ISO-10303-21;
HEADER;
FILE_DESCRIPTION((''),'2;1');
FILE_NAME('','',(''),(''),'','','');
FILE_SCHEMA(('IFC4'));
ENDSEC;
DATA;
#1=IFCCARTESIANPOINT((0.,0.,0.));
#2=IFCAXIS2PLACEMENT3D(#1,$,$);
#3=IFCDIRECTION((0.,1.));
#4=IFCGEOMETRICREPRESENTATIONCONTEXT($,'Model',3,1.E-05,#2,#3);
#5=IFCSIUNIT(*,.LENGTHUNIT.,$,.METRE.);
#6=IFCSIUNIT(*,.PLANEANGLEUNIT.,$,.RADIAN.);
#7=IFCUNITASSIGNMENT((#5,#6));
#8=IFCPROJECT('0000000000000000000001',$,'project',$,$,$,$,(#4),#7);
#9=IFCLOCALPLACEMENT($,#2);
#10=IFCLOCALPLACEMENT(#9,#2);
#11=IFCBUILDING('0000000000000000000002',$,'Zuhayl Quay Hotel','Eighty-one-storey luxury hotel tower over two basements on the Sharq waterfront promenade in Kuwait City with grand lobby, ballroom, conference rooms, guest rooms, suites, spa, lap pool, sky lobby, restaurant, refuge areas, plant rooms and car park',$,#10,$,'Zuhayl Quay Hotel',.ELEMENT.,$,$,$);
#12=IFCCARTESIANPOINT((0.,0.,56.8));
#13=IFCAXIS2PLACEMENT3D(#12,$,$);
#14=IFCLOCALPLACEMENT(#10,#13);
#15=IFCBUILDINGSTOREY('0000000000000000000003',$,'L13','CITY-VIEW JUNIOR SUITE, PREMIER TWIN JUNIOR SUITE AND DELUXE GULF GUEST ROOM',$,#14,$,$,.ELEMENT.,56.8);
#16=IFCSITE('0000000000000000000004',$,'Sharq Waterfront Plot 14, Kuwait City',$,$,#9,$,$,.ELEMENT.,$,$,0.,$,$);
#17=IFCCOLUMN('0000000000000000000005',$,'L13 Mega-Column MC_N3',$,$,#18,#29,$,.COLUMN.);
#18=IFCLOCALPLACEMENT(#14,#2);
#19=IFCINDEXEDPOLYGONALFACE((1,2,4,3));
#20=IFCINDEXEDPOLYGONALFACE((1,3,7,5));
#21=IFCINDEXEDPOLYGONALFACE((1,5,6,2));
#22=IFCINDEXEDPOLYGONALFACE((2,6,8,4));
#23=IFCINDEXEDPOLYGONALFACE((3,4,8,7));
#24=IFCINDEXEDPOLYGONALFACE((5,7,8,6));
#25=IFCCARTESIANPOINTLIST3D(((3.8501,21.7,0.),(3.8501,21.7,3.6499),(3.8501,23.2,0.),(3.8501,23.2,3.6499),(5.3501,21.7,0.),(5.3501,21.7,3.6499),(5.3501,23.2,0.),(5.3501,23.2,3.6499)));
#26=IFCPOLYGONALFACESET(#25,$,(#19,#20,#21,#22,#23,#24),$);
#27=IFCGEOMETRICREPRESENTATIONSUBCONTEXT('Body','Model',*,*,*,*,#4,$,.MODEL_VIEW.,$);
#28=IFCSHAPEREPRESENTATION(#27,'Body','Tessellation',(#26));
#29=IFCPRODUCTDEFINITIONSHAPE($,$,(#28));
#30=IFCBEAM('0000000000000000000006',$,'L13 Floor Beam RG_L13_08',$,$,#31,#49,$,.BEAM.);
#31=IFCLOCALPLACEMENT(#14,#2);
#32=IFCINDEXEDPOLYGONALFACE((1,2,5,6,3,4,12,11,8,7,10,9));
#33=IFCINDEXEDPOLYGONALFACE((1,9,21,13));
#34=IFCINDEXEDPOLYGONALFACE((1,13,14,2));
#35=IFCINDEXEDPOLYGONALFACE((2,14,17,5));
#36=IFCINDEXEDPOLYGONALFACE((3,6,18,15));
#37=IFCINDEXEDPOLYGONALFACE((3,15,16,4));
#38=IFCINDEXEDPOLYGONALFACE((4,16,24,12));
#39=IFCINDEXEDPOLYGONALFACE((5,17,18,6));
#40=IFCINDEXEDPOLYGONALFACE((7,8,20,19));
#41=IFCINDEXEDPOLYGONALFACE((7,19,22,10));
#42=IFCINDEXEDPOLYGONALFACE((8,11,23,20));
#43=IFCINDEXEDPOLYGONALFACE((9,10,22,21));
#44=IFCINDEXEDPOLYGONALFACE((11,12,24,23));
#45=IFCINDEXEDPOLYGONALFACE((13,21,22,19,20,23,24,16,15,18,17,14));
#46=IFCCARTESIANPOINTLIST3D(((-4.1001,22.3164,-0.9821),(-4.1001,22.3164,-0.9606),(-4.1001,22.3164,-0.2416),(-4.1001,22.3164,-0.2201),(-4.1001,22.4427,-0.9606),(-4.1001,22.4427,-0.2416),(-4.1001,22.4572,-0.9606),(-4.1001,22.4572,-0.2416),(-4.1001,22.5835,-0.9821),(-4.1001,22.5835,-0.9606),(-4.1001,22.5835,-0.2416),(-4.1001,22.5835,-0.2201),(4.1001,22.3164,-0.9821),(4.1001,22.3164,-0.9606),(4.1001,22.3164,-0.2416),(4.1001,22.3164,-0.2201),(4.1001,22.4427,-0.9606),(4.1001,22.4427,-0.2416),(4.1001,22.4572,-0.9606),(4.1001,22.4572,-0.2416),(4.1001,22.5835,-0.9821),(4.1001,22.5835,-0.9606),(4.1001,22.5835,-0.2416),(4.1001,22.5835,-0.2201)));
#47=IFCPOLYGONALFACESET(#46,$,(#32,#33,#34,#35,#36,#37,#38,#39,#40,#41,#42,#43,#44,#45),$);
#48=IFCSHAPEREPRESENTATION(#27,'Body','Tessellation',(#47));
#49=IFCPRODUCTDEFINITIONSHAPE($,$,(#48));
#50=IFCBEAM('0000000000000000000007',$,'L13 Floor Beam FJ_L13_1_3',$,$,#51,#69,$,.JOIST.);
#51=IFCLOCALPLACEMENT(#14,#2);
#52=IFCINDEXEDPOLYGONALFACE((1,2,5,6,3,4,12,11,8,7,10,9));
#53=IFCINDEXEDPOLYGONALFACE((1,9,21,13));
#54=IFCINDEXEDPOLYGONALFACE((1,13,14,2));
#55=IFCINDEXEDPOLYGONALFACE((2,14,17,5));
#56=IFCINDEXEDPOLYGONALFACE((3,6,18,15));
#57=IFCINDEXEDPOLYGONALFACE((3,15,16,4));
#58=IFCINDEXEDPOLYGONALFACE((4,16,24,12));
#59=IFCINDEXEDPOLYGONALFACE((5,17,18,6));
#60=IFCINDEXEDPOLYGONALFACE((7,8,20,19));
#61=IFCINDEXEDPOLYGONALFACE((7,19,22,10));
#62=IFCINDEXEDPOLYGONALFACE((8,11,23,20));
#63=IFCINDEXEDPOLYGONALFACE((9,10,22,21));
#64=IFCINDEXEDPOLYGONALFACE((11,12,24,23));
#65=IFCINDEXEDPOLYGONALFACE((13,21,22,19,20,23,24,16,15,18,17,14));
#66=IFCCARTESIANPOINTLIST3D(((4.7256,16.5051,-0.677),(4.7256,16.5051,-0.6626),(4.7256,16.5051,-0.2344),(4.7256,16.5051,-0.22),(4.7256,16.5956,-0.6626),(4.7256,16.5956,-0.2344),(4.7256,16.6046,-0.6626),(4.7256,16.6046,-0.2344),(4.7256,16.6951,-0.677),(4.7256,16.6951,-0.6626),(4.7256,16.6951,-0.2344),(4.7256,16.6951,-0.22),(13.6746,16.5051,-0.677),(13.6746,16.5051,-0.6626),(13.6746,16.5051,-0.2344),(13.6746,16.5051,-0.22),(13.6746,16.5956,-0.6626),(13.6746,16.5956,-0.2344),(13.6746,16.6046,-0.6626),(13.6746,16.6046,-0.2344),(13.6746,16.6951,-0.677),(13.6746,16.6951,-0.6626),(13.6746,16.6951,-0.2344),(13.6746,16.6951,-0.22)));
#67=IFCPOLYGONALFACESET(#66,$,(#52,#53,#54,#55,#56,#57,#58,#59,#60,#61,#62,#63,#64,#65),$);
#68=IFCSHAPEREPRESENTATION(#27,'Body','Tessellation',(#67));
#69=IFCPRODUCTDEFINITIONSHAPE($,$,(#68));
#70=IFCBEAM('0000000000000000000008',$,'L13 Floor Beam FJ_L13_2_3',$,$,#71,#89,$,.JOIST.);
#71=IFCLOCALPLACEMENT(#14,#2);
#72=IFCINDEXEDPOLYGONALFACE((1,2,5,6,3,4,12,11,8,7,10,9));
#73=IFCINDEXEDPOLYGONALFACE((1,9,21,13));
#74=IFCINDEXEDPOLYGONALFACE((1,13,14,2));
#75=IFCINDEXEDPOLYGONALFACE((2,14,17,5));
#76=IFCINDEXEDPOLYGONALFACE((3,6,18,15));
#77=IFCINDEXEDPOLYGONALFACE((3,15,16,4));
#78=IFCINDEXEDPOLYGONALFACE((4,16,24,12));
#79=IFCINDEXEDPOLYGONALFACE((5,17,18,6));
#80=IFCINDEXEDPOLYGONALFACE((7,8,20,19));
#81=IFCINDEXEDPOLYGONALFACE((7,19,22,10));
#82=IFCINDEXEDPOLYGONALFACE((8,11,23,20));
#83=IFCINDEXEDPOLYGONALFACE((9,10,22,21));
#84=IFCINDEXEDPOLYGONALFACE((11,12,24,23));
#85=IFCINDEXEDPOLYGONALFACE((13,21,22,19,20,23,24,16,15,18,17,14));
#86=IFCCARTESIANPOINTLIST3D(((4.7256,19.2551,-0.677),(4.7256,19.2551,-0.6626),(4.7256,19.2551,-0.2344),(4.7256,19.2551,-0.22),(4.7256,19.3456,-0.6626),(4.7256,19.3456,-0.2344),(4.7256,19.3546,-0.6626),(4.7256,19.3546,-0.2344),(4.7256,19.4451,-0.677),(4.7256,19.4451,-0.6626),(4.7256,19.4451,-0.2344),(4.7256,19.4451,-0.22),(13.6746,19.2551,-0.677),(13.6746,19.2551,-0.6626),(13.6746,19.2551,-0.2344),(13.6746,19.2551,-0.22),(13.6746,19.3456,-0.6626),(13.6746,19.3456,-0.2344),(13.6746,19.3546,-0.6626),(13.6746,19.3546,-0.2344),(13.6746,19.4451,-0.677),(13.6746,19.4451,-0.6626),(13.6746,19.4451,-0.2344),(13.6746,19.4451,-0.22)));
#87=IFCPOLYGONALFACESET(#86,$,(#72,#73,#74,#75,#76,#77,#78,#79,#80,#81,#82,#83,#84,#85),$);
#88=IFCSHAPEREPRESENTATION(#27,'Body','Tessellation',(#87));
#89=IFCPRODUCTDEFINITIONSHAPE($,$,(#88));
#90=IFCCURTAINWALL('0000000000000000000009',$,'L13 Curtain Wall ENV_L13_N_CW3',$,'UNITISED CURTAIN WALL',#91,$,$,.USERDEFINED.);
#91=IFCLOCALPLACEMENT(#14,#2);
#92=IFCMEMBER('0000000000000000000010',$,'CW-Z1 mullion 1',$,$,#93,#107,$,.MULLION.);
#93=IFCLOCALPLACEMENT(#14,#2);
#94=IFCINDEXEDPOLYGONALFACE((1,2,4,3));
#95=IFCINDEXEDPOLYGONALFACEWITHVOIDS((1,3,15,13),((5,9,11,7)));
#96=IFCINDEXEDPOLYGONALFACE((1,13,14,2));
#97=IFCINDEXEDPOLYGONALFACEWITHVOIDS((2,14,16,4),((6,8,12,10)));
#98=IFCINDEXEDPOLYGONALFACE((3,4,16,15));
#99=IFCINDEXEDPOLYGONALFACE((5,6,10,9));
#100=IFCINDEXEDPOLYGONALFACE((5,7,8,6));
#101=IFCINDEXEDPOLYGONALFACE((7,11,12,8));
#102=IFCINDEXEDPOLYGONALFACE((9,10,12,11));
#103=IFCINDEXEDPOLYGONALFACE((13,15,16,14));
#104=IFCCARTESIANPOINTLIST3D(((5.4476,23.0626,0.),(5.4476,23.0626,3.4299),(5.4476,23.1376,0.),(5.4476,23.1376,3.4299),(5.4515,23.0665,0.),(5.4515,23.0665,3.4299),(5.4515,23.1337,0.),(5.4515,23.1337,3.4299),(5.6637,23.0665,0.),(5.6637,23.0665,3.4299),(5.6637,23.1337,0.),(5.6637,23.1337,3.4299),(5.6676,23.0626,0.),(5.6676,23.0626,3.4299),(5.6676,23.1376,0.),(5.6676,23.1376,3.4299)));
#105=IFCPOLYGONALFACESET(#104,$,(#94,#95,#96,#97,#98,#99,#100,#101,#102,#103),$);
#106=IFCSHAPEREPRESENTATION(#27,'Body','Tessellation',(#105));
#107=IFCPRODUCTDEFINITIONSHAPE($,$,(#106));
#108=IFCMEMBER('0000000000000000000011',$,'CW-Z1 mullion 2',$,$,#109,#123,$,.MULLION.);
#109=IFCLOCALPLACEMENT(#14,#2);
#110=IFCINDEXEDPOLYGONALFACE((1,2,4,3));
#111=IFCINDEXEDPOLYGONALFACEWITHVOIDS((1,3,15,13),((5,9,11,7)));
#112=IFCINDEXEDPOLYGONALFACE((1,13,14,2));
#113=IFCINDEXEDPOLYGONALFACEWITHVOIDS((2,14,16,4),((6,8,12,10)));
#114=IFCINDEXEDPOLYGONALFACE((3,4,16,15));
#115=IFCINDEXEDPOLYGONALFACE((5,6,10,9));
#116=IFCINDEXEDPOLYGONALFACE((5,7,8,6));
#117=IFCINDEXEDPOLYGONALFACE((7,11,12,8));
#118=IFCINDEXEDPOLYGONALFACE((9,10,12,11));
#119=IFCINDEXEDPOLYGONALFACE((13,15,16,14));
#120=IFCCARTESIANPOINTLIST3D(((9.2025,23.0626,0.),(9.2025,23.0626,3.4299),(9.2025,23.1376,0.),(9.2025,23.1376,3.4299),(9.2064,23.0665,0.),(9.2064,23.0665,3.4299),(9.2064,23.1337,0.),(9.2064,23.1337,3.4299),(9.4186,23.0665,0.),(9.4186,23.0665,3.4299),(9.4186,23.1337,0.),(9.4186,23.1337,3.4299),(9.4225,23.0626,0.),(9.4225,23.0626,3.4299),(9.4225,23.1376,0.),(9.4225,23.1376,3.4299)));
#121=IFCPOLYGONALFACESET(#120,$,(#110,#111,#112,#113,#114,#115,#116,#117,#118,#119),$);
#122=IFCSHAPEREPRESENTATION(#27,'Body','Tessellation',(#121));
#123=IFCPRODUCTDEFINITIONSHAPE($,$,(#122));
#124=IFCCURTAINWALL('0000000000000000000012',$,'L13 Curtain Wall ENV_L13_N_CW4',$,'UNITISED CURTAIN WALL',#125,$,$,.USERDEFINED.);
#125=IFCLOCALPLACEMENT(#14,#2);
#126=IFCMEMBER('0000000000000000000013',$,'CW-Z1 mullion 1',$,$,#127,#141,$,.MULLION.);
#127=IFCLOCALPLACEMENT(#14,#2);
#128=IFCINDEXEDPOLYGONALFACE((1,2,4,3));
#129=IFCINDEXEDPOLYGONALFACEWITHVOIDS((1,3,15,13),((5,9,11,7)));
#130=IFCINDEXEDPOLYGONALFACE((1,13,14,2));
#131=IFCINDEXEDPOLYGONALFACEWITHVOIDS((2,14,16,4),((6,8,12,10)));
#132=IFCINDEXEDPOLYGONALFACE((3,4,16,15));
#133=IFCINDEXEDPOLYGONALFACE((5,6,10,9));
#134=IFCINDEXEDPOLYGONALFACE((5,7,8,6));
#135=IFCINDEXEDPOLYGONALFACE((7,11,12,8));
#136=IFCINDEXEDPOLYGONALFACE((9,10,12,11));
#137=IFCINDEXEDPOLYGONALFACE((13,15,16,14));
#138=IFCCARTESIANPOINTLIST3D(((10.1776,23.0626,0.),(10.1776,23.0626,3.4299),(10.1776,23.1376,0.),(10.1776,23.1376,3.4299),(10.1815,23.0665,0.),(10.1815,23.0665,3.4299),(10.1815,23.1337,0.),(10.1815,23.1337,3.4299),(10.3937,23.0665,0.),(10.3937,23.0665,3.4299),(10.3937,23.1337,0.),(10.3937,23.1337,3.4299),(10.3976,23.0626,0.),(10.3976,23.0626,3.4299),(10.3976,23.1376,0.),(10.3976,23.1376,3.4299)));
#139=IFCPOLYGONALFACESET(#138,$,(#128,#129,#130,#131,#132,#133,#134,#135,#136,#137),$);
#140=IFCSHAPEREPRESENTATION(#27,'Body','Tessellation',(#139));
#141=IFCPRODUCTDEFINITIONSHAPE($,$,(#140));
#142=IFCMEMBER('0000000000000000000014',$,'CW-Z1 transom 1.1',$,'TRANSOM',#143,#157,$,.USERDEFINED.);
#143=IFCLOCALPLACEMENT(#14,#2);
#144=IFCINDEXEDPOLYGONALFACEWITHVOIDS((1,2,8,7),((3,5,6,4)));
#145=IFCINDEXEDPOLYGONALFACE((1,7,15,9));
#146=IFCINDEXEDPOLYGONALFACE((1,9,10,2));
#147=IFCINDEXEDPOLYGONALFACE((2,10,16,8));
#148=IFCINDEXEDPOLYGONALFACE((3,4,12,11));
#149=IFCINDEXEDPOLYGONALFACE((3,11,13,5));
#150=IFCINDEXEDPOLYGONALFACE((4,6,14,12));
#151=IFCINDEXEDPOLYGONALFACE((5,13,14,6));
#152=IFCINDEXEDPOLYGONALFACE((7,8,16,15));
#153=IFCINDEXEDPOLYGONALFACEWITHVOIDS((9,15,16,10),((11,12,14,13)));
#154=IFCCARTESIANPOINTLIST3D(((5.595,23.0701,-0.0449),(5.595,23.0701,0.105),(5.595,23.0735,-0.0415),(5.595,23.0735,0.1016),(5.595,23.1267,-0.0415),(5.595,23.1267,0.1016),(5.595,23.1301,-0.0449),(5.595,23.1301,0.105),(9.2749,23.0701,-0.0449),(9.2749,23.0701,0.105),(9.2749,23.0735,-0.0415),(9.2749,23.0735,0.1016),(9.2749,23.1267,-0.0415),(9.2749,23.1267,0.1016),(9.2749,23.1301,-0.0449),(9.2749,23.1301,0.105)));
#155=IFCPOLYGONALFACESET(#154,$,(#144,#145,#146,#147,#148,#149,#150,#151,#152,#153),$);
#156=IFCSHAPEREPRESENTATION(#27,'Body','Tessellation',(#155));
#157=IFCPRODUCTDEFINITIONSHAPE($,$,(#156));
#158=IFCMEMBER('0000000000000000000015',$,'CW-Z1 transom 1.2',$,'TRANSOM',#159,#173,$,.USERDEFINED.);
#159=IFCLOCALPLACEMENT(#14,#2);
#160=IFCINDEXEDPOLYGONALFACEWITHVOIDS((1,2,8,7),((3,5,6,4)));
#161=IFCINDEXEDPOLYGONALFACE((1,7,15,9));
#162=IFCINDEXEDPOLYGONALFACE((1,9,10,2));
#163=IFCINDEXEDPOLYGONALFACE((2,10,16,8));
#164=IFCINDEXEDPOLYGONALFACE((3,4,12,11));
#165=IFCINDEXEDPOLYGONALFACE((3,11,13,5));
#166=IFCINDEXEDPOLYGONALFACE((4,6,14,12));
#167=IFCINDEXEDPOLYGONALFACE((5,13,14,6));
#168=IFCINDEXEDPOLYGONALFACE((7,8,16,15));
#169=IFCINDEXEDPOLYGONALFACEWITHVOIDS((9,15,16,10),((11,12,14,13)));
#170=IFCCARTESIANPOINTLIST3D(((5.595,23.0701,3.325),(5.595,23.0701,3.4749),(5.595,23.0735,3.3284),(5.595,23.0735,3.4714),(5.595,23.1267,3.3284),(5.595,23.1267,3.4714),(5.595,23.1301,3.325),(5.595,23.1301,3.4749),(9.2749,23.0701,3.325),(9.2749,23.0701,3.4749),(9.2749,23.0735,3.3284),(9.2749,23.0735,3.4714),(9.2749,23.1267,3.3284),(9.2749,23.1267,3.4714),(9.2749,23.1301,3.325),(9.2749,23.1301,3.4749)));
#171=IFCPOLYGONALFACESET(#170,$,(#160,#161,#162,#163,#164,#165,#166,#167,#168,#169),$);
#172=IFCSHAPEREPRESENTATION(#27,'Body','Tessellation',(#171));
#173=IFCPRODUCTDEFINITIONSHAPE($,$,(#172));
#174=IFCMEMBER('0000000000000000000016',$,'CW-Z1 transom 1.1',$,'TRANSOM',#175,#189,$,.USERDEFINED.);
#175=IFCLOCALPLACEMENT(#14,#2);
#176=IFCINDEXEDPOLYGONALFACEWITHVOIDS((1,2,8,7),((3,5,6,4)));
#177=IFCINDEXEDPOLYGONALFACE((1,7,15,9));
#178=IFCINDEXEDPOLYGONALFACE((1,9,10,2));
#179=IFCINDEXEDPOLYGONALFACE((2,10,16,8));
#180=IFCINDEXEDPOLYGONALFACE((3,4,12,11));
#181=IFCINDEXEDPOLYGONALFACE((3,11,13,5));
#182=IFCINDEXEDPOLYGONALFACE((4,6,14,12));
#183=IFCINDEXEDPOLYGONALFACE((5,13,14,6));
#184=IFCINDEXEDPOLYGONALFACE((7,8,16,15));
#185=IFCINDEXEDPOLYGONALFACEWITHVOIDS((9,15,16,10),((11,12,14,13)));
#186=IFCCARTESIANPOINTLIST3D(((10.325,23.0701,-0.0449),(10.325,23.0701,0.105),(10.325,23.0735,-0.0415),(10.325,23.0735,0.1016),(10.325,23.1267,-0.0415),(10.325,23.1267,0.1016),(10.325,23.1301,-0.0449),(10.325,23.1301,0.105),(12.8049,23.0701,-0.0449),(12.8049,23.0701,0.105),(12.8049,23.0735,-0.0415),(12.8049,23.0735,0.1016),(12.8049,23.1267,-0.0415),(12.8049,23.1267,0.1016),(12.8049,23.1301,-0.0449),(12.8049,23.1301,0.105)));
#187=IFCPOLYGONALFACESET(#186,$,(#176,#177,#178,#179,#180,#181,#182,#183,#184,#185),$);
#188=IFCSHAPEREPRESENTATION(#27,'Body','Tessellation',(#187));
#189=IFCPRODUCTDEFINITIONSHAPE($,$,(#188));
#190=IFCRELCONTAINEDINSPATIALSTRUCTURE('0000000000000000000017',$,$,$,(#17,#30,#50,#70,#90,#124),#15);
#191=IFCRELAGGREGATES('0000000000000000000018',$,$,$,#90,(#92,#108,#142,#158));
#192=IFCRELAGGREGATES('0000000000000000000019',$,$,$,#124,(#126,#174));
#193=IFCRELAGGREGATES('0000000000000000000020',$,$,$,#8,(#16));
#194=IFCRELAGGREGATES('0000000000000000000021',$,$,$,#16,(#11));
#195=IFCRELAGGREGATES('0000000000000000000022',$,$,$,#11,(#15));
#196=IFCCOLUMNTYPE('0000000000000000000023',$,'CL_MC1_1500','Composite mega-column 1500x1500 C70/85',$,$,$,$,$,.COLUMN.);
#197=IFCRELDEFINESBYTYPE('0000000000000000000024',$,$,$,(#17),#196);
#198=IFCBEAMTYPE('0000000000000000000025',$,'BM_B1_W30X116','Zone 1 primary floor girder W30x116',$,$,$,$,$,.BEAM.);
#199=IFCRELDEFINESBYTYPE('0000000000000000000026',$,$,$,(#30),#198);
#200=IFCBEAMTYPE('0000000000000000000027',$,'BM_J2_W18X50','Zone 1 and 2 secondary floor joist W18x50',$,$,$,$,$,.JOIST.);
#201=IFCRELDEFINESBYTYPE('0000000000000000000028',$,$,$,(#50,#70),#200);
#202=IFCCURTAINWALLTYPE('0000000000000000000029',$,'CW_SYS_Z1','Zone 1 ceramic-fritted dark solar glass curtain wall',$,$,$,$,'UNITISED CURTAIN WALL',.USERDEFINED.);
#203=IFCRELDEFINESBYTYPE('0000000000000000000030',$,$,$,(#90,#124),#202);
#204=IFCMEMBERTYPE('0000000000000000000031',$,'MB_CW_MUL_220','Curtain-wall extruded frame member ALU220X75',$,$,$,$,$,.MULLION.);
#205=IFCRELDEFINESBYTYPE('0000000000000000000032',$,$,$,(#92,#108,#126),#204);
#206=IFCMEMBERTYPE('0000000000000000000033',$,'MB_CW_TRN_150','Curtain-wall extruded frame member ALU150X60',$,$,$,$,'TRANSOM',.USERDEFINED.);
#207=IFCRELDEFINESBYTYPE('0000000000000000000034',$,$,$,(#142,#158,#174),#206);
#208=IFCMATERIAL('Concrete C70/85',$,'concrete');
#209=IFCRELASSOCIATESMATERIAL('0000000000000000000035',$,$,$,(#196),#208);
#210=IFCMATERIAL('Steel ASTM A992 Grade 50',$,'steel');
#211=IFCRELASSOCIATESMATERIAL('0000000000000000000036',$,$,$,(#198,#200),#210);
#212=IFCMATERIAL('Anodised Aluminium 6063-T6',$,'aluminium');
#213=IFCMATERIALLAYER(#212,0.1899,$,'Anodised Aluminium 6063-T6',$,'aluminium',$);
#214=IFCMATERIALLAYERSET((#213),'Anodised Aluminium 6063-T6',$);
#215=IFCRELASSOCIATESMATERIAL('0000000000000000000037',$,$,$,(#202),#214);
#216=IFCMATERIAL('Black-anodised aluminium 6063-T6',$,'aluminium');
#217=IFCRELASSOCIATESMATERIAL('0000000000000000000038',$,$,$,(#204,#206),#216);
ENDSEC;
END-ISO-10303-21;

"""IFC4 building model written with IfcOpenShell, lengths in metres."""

from ifc_helpers import new_model, si_unit, direction, frame, origin, origin_2d, place, context, subcontext, project, spatial, rectangle, hollow_rectangle, i_section, extrude, material, layer, layer_set, material_profile, profile_set, type_object, element, aggregate, save


model = new_model("IFC4")

# Units and contexts
model_context = context("Model", 3, precision=1e-05, world=origin(), true_north=direction((0.0, 1.0)))
body_context = subcontext(model_context, "Body", "Model", "MODEL_VIEW")
ifc_project = project(units=[si_unit("LENGTHUNIT", "METRE"), si_unit("PLANEANGLEUNIT", "RADIAN")], contexts=[model_context])

# Site, building, storey
site_placement = place(None, origin())
site = spatial("IfcSite", under=ifc_project, at=site_placement, Name="Sharq Waterfront Plot 14, Kuwait City", CompositionType="ELEMENT", RefElevation=0.0)
building_placement = place(site_placement, origin())
building = spatial("IfcBuilding", under=site, at=building_placement, Name="Zuhayl Quay Hotel", Description="Eighty-one-storey luxury hotel tower over two basements on the Sharq waterfront promenade in Kuwait City with grand lobby, ballroom, conference rooms, guest rooms, suites, spa, lap pool, sky lobby, restaurant, refuge areas, plant rooms and car park", LongName="Zuhayl Quay Hotel", CompositionType="ELEMENT")
storey_placement = place(building_placement, frame((0.0, 0.0, 56.8)))
storey = spatial("IfcBuildingStorey", under=building, at=storey_placement, Name="L13", Description="CITY-VIEW JUNIOR SUITE, PREMIER TWIN JUNIOR SUITE AND DELUXE GULF GUEST ROOM", CompositionType="ELEMENT", Elevation=56.8)

# Column
ifc_material_1 = material(Name="Concrete C70/85", Category="concrete")
ifc_material_profile_1 = material_profile(ifc_material_1, rectangle(XDim=1.5, YDim=1.5, at=origin_2d()), Name="RC1500X1500")
ifc_profile_set_1 = profile_set([ifc_material_profile_1], Name="Concrete C70/85")
column_type = type_object("IfcColumnType", Name="CL_MC1_1500", Description="Composite mega-column 1500x1500 C70/85", PredefinedType="COLUMN", material=ifc_profile_set_1)
column_placement = place(storey_placement, frame((4.6001, 22.45, 0.0), z_axis=(0.0, 0.0, 1.0), x_axis=(1.0, 0.0, 0.0)))
element("IfcColumn", 1, at=column_placement, inside=storey, type_object=column_type, Name="L13 Mega-Column MC_N3", PredefinedType="COLUMN", context=body_context, shape_type="SweptSolid", body=[
    extrude(rectangle(XDim=1.5, YDim=1.5, at=origin_2d()), origin(), (0.0, 0.0, 1.0), 3.6499),
])

# Beams
ifc_material_2 = material(Name="Steel ASTM A992 Grade 50", Category="steel")
ifc_material_profile_2 = material_profile(ifc_material_2, i_section(OverallWidth=0.2671, OverallDepth=0.762, WebThickness=0.0144, FlangeThickness=0.0215, at=origin_2d()), Name="W30X116")
ifc_profile_set_2 = profile_set([ifc_material_profile_2], Name="Steel ASTM A992 Grade 50")
beam_type_1 = type_object("IfcBeamType", Name="BM_B1_W30X116", Description="Zone 1 primary floor girder W30x116", PredefinedType="BEAM", material=ifc_profile_set_2)
beam_placement = place(storey_placement, frame((4.1001, 22.45, -0.6011), z_axis=(-1.0, 0.0, 0.0), x_axis=(0.0, -1.0, 0.0)))
element("IfcBeam", 2, at=beam_placement, inside=storey, type_object=beam_type_1, Name="L13 Floor Beam RG_L13_08", PredefinedType="BEAM", context=body_context, shape_type="SweptSolid", body=[
    extrude(i_section(OverallWidth=0.2671, OverallDepth=0.762, WebThickness=0.0144, FlangeThickness=0.0215, at=origin_2d()), origin(), (0.0, 0.0, 1.0), 8.2002),
])
ifc_material_profile_3 = material_profile(ifc_material_2, i_section(OverallWidth=0.1899, OverallDepth=0.457, WebThickness=0.009, FlangeThickness=0.0144, at=origin_2d()), Name="W18X50")
ifc_profile_set_3 = profile_set([ifc_material_profile_3], Name="Steel ASTM A992 Grade 50")
beam_type_2 = type_object("IfcBeamType", Name="BM_J2_W18X50", Description="Zone 1 and 2 secondary floor joist W18x50", PredefinedType="JOIST", material=ifc_profile_set_3)
for number, where, z_axis, x_axis, name in (
    (3, (4.7256, 16.6001, -0.4485), (1.0, 0.0, 0.0), (0.0, 1.0, 0.0), "L13 Floor Beam FJ_L13_1_3"),
    (4, (4.7256, 19.3501, -0.4485), (1.0, 0.0, 0.0), (0.0, 1.0, 0.0), "L13 Floor Beam FJ_L13_2_3"),
):
    element("IfcBeam", number, at=place(storey_placement, frame(where, z_axis=z_axis, x_axis=x_axis)), inside=storey, type_object=beam_type_2, Name=name, PredefinedType="JOIST", context=body_context, shape_type="SweptSolid", body=[
        extrude(i_section(OverallWidth=0.1899, OverallDepth=0.457, WebThickness=0.009, FlangeThickness=0.0144, at=origin_2d()), origin(), (0.0, 0.0, 1.0), 8.949),
    ])

# Curtain wall, members
ifc_material_3 = material(Name="Anodised Aluminium 6063-T6", Category="aluminium")
ifc_layer_1 = layer(ifc_material_3, 0.1899, Name="Anodised Aluminium 6063-T6", Category="aluminium")
ifc_layer_set_1 = layer_set([ifc_layer_1], Name="Anodised Aluminium 6063-T6")
curtain_wall_type = type_object("IfcCurtainWallType", Name="CW_SYS_Z1", Description="Zone 1 ceramic-fritted dark solar glass curtain wall", ElementType="UNITISED CURTAIN WALL", PredefinedType="USERDEFINED", material=ifc_layer_set_1)
curtain_wall_1_placement = place(storey_placement, origin())
curtain_wall_1 = element("IfcCurtainWall", 5, at=curtain_wall_1_placement, inside=storey, type_object=curtain_wall_type, Name="L13 Curtain Wall ENV_L13_N_CW3", ObjectType="UNITISED CURTAIN WALL", PredefinedType="USERDEFINED")
ifc_material_4 = material(Name="Black-anodised aluminium 6063-T6", Category="aluminium")
ifc_material_profile_4 = material_profile(ifc_material_4, hollow_rectangle(XDim=0.075, YDim=0.22, WallThickness=0.0039, at=origin_2d()), Name="ALU220X75")
ifc_profile_set_4 = profile_set([ifc_material_profile_4], Name="Black-anodised aluminium 6063-T6")
member_type_1 = type_object("IfcMemberType", Name="MB_CW_MUL_220", Description="Curtain-wall extruded frame member ALU220X75", PredefinedType="MULLION", material=ifc_profile_set_4)
member_1_placement = place(storey_placement, frame((5.5576, 23.1001, 0.0), z_axis=(0.0, 0.0, 1.0), x_axis=(0.0, 1.0, 0.0)))
member_1 = element("IfcMember", 6, at=member_1_placement, type_object=member_type_1, Name="CW-Z1 mullion 1", PredefinedType="MULLION", context=body_context, shape_type="SweptSolid", body=[
    extrude(hollow_rectangle(XDim=0.075, YDim=0.22, WallThickness=0.0039, at=origin_2d()), origin(), (0.0, 0.0, 1.0), 3.4299),
])
member_2_placement = place(storey_placement, frame((9.3125, 23.1001, 0.0), z_axis=(0.0, 0.0, 1.0), x_axis=(0.0, 1.0, 0.0)))
member_2 = element("IfcMember", 7, at=member_2_placement, type_object=member_type_1, Name="CW-Z1 mullion 2", PredefinedType="MULLION", context=body_context, shape_type="SweptSolid", body=[
    extrude(hollow_rectangle(XDim=0.075, YDim=0.22, WallThickness=0.0039, at=origin_2d()), origin(), (0.0, 0.0, 1.0), 3.4299),
])

# Curtain wall, member
curtain_wall_2_placement = place(storey_placement, origin())
curtain_wall_2 = element("IfcCurtainWall", 8, at=curtain_wall_2_placement, inside=storey, type_object=curtain_wall_type, Name="L13 Curtain Wall ENV_L13_N_CW4", ObjectType="UNITISED CURTAIN WALL", PredefinedType="USERDEFINED")
member_3_placement = place(storey_placement, frame((10.2876, 23.1001, 0.0), z_axis=(0.0, 0.0, 1.0), x_axis=(0.0, 1.0, 0.0)))
member_3 = element("IfcMember", 9, at=member_3_placement, type_object=member_type_1, Name="CW-Z1 mullion 1", PredefinedType="MULLION", context=body_context, shape_type="SweptSolid", body=[
    extrude(hollow_rectangle(XDim=0.075, YDim=0.22, WallThickness=0.0039, at=origin_2d()), origin(), (0.0, 0.0, 1.0), 3.4299),
])

# Members
ifc_material_profile_5 = material_profile(ifc_material_4, hollow_rectangle(XDim=0.0601, YDim=0.1499, WallThickness=0.0034, at=origin_2d()), Name="ALU150X60")
ifc_profile_set_5 = profile_set([ifc_material_profile_5], Name="Black-anodised aluminium 6063-T6")
member_type_2 = type_object("IfcMemberType", Name="MB_CW_TRN_150", Description="Curtain-wall extruded frame member ALU150X60", ElementType="TRANSOM", PredefinedType="USERDEFINED", material=ifc_profile_set_5)
member_4_placement = place(storey_placement, frame((5.595, 23.1001, 0.03), z_axis=(1.0, 0.0, 0.0), x_axis=(0.0, 1.0, 0.0)))
member_4 = element("IfcMember", 10, at=member_4_placement, type_object=member_type_2, Name="CW-Z1 transom 1.1", ObjectType="TRANSOM", PredefinedType="USERDEFINED", context=body_context, shape_type="SweptSolid", body=[
    extrude(hollow_rectangle(XDim=0.0601, YDim=0.1499, WallThickness=0.0034, at=origin_2d()), origin(), (0.0, 0.0, 1.0), 3.6799),
])
member_5_placement = place(storey_placement, frame((5.595, 23.1001, 3.3999), z_axis=(1.0, 0.0, 0.0), x_axis=(0.0, 1.0, 0.0)))
member_5 = element("IfcMember", 11, at=member_5_placement, type_object=member_type_2, Name="CW-Z1 transom 1.2", ObjectType="TRANSOM", PredefinedType="USERDEFINED", context=body_context, shape_type="SweptSolid", body=[
    extrude(hollow_rectangle(XDim=0.0601, YDim=0.1499, WallThickness=0.0034, at=origin_2d()), origin(), (0.0, 0.0, 1.0), 3.6799),
])
member_6_placement = place(storey_placement, frame((10.325, 23.1001, 0.03), z_axis=(1.0, 0.0, 0.0), x_axis=(0.0, 1.0, 0.0)))
member_6 = element("IfcMember", 12, at=member_6_placement, type_object=member_type_2, Name="CW-Z1 transom 1.1", ObjectType="TRANSOM", PredefinedType="USERDEFINED", context=body_context, shape_type="SweptSolid", body=[
    extrude(hollow_rectangle(XDim=0.0601, YDim=0.1499, WallThickness=0.0034, at=origin_2d()), origin(), (0.0, 0.0, 1.0), 2.48),
])

aggregate(curtain_wall_1, [member_1, member_2, member_4, member_5])
aggregate(curtain_wall_2, [member_3, member_6])

save(model, "model.ifc")
